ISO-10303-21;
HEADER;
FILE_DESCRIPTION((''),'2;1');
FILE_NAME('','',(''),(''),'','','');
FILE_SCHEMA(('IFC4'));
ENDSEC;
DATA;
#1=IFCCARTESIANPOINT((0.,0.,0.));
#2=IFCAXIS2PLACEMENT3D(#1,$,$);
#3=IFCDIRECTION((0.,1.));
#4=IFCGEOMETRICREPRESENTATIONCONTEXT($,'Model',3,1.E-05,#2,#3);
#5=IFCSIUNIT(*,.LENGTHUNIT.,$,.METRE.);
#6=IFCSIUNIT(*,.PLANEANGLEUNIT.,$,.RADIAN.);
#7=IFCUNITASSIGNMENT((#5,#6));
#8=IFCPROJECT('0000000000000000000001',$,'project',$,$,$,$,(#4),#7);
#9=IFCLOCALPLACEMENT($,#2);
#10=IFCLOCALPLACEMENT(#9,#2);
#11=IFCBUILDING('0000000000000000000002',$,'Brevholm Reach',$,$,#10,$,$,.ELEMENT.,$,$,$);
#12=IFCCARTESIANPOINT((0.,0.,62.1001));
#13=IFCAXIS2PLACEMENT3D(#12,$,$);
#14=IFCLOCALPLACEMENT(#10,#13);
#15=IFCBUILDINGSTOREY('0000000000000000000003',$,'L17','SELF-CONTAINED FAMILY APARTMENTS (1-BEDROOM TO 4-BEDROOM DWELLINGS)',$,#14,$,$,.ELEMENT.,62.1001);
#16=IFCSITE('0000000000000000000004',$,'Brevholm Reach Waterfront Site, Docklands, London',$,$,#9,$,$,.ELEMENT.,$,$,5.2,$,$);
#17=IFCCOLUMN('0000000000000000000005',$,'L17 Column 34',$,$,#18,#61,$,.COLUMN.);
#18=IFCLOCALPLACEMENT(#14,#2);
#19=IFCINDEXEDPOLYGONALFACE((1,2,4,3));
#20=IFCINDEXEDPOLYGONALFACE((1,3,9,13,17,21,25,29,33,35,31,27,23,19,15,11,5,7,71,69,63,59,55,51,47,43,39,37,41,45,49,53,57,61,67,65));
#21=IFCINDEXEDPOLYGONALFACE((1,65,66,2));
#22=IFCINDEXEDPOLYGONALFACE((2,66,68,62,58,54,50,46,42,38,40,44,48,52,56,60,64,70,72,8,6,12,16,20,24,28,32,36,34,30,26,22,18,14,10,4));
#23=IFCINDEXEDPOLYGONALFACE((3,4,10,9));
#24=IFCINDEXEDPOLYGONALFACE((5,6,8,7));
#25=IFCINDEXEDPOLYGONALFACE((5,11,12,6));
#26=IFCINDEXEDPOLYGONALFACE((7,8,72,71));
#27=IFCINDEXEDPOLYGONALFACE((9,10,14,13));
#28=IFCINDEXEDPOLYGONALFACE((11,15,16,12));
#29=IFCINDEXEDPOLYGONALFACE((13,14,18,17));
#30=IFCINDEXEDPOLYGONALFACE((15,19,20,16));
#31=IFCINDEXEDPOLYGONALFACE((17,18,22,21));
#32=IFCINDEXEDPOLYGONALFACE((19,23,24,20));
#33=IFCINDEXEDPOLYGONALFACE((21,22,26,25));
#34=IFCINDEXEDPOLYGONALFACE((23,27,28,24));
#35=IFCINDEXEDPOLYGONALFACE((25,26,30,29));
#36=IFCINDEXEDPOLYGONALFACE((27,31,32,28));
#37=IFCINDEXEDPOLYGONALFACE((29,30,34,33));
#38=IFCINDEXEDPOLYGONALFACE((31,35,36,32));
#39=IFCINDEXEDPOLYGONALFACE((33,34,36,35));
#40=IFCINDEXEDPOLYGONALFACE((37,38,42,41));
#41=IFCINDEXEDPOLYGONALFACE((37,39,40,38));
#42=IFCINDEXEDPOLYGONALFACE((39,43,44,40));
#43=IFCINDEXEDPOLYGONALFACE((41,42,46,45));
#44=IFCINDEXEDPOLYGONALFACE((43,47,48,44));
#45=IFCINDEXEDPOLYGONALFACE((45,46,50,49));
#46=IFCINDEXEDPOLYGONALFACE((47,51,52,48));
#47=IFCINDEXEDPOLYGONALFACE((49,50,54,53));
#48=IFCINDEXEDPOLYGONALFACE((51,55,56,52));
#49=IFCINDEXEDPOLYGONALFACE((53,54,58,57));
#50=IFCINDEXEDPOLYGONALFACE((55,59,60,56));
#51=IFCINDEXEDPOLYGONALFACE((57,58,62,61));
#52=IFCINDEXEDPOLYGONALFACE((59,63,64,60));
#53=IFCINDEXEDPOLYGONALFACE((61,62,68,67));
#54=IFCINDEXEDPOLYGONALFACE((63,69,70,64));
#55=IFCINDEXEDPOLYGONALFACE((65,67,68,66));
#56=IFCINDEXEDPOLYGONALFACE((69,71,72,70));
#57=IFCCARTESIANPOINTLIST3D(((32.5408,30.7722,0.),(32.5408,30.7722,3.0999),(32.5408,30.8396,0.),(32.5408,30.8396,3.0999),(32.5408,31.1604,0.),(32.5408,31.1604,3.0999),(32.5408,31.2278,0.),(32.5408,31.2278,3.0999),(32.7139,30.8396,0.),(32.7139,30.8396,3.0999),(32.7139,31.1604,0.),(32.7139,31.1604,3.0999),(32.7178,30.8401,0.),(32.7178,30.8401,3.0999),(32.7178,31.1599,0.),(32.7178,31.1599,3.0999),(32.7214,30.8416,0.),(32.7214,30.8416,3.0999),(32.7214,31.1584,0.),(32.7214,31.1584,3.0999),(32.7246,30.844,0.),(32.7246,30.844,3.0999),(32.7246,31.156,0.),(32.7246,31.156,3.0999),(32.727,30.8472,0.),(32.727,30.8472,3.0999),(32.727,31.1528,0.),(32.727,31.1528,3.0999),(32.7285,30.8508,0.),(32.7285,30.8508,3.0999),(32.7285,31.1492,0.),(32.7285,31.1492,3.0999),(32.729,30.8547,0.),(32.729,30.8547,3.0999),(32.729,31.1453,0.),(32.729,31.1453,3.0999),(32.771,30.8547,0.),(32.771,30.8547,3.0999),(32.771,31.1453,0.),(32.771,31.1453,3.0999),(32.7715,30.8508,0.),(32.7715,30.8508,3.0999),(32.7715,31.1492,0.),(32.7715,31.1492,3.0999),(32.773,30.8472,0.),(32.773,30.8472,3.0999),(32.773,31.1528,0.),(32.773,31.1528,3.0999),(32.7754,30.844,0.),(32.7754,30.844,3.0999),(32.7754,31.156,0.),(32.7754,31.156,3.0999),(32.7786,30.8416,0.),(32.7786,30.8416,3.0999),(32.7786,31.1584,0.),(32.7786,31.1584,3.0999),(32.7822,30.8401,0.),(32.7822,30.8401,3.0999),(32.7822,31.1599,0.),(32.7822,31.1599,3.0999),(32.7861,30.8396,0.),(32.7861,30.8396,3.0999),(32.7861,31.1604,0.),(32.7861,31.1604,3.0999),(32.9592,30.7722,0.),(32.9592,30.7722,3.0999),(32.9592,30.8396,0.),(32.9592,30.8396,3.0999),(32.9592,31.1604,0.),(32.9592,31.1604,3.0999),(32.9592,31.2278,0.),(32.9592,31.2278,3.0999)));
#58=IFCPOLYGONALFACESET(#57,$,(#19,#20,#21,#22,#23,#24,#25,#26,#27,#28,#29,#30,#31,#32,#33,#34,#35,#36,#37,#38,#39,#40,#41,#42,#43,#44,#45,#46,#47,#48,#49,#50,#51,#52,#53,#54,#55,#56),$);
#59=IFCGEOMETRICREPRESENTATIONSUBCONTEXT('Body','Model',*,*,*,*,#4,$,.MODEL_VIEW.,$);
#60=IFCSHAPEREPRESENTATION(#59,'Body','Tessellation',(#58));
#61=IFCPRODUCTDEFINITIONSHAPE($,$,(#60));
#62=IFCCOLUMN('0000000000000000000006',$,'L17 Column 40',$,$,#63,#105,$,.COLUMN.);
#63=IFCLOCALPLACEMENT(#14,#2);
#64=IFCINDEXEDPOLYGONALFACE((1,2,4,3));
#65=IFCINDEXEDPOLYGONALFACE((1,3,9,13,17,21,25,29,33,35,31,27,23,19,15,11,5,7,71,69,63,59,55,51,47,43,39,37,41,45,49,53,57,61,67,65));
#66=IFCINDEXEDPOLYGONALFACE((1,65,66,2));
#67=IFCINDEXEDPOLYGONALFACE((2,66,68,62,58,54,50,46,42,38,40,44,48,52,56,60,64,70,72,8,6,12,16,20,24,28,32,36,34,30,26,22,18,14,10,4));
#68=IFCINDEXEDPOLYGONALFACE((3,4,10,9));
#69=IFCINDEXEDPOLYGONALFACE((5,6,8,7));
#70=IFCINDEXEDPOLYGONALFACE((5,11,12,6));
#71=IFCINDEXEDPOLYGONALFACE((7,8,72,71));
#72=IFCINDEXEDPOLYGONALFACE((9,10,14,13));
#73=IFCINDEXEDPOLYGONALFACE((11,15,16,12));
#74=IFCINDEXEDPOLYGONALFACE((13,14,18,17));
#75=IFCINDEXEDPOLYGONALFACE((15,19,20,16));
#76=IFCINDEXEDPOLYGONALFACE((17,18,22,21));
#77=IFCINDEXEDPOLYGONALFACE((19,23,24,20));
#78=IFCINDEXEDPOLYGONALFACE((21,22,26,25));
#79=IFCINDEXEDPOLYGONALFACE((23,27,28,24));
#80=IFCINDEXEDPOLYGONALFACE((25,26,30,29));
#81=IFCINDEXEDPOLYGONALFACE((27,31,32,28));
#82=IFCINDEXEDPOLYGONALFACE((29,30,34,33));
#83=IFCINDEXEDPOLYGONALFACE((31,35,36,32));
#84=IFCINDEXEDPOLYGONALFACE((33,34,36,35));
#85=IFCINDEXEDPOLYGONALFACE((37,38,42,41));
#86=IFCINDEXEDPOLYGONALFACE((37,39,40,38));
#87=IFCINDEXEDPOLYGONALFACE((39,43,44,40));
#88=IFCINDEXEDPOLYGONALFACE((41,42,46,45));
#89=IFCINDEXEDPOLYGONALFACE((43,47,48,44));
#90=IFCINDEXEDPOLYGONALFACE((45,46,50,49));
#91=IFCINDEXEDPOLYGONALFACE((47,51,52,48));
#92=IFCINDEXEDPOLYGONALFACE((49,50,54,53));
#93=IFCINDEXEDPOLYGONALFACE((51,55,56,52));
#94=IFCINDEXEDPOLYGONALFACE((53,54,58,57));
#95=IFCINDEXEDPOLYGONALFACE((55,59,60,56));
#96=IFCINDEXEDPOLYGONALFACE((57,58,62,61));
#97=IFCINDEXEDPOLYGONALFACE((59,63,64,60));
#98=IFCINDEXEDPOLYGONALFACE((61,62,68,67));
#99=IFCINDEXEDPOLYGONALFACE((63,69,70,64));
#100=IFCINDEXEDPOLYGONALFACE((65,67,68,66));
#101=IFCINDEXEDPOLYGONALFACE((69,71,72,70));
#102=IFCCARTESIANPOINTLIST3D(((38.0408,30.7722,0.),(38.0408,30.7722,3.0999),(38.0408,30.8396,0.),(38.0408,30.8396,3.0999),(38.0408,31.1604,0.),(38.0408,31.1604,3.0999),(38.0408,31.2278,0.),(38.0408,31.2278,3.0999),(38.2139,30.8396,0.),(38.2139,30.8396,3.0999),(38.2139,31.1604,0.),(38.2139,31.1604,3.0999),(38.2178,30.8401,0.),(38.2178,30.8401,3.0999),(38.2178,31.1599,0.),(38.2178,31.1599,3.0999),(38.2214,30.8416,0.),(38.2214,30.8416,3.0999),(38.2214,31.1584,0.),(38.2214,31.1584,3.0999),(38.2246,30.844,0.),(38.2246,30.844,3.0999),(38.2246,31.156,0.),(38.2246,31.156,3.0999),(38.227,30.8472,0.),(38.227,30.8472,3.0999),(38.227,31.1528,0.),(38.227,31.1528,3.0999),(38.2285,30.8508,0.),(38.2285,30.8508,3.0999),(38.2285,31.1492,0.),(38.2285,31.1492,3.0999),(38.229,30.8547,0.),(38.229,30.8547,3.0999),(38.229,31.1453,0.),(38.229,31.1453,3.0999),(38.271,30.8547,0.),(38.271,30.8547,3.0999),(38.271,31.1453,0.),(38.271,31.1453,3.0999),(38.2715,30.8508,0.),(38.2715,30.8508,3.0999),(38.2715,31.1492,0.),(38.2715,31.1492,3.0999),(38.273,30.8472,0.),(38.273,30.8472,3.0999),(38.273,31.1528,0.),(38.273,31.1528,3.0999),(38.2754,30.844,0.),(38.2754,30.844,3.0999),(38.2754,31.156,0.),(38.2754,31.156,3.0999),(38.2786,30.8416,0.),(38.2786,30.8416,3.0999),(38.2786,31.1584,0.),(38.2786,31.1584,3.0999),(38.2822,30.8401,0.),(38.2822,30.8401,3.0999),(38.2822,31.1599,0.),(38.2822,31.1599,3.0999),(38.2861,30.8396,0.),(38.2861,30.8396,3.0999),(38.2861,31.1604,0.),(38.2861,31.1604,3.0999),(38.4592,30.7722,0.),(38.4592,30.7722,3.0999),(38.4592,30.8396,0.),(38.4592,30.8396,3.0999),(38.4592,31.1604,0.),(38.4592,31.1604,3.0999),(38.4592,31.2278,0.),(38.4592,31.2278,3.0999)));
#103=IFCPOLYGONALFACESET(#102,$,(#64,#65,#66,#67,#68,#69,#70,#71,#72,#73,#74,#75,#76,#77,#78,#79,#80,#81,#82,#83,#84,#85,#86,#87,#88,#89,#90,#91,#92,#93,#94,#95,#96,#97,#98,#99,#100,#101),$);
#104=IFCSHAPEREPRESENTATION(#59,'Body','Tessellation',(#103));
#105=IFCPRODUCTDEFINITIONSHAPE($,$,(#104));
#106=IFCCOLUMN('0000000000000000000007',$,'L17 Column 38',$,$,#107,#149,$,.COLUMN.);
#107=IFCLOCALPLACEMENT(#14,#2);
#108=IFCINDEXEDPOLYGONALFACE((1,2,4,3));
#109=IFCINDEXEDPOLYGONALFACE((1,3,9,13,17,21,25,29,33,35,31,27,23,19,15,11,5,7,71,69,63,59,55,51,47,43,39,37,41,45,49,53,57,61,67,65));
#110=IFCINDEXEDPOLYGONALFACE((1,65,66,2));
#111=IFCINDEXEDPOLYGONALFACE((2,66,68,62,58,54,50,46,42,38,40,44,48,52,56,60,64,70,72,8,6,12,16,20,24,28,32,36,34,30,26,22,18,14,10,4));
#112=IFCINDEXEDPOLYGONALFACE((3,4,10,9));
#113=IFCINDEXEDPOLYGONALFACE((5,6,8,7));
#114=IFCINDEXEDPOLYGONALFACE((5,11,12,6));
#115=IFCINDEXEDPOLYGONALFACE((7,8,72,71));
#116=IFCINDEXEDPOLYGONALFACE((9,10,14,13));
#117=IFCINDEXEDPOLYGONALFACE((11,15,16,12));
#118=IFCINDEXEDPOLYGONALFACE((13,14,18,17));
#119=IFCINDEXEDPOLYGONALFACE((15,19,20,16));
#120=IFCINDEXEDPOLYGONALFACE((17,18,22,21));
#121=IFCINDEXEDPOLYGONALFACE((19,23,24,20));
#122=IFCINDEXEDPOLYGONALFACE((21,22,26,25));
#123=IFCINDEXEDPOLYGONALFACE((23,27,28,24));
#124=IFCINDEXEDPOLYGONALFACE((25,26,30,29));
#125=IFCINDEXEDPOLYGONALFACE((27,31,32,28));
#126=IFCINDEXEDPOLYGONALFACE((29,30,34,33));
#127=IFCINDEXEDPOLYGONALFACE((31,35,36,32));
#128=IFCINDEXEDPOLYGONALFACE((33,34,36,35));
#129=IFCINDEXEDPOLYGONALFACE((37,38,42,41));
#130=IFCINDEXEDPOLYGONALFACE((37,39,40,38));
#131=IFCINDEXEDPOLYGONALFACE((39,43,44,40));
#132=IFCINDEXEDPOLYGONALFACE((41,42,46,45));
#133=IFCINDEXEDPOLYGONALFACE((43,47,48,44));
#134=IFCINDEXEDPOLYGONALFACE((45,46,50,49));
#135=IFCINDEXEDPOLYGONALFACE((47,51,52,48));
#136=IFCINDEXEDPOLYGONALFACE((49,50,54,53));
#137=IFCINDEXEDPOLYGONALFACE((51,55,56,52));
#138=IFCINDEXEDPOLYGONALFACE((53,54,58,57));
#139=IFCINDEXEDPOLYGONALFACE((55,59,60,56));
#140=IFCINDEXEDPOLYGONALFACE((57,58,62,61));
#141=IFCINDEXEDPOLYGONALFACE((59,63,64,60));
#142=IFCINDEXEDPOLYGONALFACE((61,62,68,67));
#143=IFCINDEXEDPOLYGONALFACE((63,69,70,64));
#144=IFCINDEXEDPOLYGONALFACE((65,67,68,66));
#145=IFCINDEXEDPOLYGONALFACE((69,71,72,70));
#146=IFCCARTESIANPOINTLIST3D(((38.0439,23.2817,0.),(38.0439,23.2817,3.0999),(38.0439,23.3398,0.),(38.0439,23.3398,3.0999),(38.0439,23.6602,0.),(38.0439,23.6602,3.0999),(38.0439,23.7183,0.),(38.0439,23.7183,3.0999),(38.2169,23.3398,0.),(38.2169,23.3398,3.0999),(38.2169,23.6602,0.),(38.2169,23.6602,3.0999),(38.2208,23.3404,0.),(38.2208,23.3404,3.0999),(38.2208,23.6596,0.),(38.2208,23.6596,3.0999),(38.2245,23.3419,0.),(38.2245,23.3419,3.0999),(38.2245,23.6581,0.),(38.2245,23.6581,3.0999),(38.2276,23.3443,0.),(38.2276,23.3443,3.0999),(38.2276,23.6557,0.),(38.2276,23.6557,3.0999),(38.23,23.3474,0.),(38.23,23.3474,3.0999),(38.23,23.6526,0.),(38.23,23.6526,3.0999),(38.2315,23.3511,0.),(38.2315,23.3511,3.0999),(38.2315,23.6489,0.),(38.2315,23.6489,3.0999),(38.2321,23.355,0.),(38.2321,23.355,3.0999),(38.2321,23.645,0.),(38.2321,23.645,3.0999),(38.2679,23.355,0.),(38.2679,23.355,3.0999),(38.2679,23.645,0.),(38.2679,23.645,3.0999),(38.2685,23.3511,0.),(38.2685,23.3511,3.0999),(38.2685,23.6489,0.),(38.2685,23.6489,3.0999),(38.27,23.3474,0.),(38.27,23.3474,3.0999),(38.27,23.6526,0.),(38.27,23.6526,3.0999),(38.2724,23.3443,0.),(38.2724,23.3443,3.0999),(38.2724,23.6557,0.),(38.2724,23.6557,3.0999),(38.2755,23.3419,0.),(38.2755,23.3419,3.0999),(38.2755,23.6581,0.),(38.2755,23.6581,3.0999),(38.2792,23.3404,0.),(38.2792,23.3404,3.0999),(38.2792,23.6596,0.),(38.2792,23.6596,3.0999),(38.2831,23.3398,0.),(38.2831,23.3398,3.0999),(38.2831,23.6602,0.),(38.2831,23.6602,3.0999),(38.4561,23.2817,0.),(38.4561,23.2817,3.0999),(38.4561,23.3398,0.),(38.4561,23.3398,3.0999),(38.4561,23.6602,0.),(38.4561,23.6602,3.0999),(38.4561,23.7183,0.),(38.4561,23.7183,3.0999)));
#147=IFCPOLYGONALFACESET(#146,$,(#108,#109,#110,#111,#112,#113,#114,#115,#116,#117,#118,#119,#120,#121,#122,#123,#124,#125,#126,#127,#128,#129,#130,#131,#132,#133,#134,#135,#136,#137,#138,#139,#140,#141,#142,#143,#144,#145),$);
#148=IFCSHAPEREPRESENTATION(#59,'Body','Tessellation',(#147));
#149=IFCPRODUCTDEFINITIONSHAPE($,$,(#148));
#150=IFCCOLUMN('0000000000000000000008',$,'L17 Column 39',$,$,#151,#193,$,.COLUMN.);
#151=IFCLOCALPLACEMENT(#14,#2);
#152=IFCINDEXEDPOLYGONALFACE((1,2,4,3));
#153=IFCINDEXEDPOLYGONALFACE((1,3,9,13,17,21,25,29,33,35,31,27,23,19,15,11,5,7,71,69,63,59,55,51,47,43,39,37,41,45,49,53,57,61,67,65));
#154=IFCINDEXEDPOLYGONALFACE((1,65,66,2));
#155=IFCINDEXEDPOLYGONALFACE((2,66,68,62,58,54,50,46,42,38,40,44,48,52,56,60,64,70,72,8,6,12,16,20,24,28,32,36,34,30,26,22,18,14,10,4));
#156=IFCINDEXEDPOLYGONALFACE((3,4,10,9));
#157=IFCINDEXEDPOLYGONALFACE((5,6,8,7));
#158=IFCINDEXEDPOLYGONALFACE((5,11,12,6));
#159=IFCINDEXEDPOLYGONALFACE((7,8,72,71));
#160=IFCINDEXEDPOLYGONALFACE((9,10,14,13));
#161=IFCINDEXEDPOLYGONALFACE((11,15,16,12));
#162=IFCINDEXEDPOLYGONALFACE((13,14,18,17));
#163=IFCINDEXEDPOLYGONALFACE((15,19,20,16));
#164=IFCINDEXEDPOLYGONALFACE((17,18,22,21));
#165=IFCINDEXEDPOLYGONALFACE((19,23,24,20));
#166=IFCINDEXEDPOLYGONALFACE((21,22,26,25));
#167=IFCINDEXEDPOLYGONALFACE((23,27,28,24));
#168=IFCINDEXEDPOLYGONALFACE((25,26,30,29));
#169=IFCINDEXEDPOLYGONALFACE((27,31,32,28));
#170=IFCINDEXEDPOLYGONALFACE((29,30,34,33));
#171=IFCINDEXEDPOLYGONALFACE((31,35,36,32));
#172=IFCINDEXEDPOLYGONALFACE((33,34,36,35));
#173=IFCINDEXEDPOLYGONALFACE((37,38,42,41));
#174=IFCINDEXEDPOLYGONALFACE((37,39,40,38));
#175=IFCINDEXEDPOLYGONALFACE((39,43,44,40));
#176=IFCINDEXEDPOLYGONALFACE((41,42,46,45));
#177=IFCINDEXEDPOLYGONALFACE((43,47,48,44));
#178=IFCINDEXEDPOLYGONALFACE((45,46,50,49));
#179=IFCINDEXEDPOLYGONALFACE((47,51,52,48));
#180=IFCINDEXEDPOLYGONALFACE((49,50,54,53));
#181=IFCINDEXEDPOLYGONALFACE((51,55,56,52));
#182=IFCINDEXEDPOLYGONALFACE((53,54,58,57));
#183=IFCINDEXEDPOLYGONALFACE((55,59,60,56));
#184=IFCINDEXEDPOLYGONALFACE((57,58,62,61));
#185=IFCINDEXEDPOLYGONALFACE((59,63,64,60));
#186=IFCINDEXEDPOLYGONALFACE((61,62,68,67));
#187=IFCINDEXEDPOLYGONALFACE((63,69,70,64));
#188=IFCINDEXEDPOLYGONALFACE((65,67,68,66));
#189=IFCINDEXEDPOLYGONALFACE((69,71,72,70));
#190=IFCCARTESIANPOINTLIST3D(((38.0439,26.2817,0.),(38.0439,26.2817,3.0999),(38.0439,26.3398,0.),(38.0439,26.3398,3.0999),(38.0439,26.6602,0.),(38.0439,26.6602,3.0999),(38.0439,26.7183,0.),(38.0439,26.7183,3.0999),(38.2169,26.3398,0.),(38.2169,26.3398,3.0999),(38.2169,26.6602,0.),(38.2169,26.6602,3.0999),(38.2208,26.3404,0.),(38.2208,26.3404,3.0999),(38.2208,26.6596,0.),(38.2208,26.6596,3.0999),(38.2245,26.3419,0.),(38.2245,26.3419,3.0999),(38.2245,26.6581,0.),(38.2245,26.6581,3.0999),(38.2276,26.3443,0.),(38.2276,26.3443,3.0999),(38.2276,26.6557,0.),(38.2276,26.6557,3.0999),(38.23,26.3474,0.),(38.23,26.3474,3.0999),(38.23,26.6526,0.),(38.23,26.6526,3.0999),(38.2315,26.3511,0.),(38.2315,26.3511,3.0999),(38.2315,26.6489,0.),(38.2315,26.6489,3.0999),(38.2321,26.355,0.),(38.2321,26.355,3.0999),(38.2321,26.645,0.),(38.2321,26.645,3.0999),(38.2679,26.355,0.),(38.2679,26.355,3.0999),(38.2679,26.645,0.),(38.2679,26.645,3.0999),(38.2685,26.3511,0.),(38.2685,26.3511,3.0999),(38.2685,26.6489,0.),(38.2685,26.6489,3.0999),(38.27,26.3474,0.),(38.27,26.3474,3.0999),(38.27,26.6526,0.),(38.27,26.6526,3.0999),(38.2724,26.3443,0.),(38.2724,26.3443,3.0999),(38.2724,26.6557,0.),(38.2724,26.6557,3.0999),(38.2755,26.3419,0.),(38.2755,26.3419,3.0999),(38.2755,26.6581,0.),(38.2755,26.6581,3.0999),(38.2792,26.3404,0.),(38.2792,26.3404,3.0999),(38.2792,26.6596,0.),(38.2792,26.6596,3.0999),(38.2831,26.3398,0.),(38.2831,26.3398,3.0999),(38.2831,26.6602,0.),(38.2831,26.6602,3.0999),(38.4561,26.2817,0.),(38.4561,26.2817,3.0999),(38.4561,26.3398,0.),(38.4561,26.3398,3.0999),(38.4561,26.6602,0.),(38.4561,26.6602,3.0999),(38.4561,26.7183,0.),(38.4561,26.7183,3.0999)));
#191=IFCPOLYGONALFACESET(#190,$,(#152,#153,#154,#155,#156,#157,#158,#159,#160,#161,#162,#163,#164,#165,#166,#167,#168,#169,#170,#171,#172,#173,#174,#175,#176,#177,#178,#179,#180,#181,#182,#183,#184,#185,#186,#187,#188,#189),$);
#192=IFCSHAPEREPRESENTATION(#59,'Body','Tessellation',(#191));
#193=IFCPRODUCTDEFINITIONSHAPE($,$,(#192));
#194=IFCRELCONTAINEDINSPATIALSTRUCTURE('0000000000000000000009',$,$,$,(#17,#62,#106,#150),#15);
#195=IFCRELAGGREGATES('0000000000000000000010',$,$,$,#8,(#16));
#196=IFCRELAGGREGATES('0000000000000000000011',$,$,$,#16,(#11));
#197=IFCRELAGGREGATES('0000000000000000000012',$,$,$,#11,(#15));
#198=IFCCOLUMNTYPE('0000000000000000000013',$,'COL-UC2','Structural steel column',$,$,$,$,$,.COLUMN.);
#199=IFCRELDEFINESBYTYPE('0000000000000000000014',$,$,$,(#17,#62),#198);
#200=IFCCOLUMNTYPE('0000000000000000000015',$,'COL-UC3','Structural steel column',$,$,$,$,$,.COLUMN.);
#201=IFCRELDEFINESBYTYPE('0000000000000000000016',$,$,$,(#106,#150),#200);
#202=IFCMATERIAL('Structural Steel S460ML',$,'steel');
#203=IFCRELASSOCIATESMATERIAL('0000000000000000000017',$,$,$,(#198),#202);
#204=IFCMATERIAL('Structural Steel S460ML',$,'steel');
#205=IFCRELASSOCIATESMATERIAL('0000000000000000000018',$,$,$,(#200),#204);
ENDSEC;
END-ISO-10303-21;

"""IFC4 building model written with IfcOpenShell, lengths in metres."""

from ifc_helpers import new_model, si_unit, direction, frame, origin, origin_2d, place, context, subcontext, project, spatial, i_section, extrude, material, material_profile, profile_set, type_object, element, save


model = new_model("IFC4")

# Units and contexts
model_context = context("Model", 3, precision=1e-05, world=origin(), true_north=direction((0.0, 1.0)))
body_context = subcontext(model_context, "Body", "Model", "MODEL_VIEW")
ifc_project = project(units=[si_unit("LENGTHUNIT", "METRE"), si_unit("PLANEANGLEUNIT", "RADIAN")], contexts=[model_context])

# Site, building, storey
site_placement = place(None, origin())
site = spatial("IfcSite", under=ifc_project, at=site_placement, Name="Brevholm Reach Waterfront Site, Docklands, London", CompositionType="ELEMENT", RefElevation=5.2)
building_placement = place(site_placement, origin())
building = spatial("IfcBuilding", under=site, at=building_placement, Name="Brevholm Reach", CompositionType="ELEMENT")
storey_placement = place(building_placement, frame((0.0, 0.0, 62.1001)))
storey = spatial("IfcBuildingStorey", under=building, at=storey_placement, Name="L17", Description="SELF-CONTAINED FAMILY APARTMENTS (1-BEDROOM TO 4-BEDROOM DWELLINGS)", CompositionType="ELEMENT", Elevation=62.1001)

# Columns
ifc_material_1 = material(Name="Structural Steel S460ML", Category="steel")
ifc_material_profile_1 = material_profile(ifc_material_1, i_section(OverallWidth=0.4185, OverallDepth=0.4556, WebThickness=0.042, FlangeThickness=0.0674, FilletRadius=0.0151, at=origin_2d()), Name="UKC 356x406x551")
ifc_profile_set_1 = profile_set([ifc_material_profile_1], Name="Structural Steel S460ML")
column_type_1 = type_object("IfcColumnType", Name="COL-UC2", Description="Structural steel column", PredefinedType="COLUMN", material=ifc_profile_set_1)
for number, where, z_axis, x_axis, name in (
    (1, (32.75, 31.0, 0.0), (0.0, 0.0, 1.0), (1.0, 0.0, 0.0), "L17 Column 34"),
    (2, (38.25, 31.0, 0.0), (0.0, 0.0, 1.0), (1.0, 0.0, 0.0), "L17 Column 40"),
):
    element("IfcColumn", number, at=place(storey_placement, frame(where, z_axis=z_axis, x_axis=x_axis)), inside=storey, type_object=column_type_1, Name=name, PredefinedType="COLUMN", context=body_context, shape_type="SweptSolid", body=[
        extrude(i_section(OverallWidth=0.4185, OverallDepth=0.4556, WebThickness=0.042, FlangeThickness=0.0674, FilletRadius=0.0151, at=origin_2d()), origin(), (0.0, 0.0, 1.0), 3.0999),
    ])
ifc_material_2 = material(Name="Structural Steel S460ML", Category="steel")
ifc_material_profile_2 = material_profile(ifc_material_2, i_section(OverallWidth=0.4121, OverallDepth=0.4365, WebThickness=0.0359, FlangeThickness=0.0581, FilletRadius=0.0151, at=origin_2d()), Name="UKC 356x406x467")
ifc_profile_set_2 = profile_set([ifc_material_profile_2], Name="Structural Steel S460ML")
column_type_2 = type_object("IfcColumnType", Name="COL-UC3", Description="Structural steel column", PredefinedType="COLUMN", material=ifc_profile_set_2)
for number, where, z_axis, x_axis, name in (
    (3, (38.25, 23.5, 0.0), (0.0, 0.0, 1.0), (1.0, 0.0, 0.0), "L17 Column 38"),
    (4, (38.25, 26.5, 0.0), (0.0, 0.0, 1.0), (1.0, 0.0, 0.0), "L17 Column 39"),
):
    element("IfcColumn", number, at=place(storey_placement, frame(where, z_axis=z_axis, x_axis=x_axis)), inside=storey, type_object=column_type_2, Name=name, PredefinedType="COLUMN", context=body_context, shape_type="SweptSolid", body=[
        extrude(i_section(OverallWidth=0.4121, OverallDepth=0.4365, WebThickness=0.0359, FlangeThickness=0.0581, FilletRadius=0.0151, at=origin_2d()), origin(), (0.0, 0.0, 1.0), 3.0999),
    ])

save(model, "model.ifc")
